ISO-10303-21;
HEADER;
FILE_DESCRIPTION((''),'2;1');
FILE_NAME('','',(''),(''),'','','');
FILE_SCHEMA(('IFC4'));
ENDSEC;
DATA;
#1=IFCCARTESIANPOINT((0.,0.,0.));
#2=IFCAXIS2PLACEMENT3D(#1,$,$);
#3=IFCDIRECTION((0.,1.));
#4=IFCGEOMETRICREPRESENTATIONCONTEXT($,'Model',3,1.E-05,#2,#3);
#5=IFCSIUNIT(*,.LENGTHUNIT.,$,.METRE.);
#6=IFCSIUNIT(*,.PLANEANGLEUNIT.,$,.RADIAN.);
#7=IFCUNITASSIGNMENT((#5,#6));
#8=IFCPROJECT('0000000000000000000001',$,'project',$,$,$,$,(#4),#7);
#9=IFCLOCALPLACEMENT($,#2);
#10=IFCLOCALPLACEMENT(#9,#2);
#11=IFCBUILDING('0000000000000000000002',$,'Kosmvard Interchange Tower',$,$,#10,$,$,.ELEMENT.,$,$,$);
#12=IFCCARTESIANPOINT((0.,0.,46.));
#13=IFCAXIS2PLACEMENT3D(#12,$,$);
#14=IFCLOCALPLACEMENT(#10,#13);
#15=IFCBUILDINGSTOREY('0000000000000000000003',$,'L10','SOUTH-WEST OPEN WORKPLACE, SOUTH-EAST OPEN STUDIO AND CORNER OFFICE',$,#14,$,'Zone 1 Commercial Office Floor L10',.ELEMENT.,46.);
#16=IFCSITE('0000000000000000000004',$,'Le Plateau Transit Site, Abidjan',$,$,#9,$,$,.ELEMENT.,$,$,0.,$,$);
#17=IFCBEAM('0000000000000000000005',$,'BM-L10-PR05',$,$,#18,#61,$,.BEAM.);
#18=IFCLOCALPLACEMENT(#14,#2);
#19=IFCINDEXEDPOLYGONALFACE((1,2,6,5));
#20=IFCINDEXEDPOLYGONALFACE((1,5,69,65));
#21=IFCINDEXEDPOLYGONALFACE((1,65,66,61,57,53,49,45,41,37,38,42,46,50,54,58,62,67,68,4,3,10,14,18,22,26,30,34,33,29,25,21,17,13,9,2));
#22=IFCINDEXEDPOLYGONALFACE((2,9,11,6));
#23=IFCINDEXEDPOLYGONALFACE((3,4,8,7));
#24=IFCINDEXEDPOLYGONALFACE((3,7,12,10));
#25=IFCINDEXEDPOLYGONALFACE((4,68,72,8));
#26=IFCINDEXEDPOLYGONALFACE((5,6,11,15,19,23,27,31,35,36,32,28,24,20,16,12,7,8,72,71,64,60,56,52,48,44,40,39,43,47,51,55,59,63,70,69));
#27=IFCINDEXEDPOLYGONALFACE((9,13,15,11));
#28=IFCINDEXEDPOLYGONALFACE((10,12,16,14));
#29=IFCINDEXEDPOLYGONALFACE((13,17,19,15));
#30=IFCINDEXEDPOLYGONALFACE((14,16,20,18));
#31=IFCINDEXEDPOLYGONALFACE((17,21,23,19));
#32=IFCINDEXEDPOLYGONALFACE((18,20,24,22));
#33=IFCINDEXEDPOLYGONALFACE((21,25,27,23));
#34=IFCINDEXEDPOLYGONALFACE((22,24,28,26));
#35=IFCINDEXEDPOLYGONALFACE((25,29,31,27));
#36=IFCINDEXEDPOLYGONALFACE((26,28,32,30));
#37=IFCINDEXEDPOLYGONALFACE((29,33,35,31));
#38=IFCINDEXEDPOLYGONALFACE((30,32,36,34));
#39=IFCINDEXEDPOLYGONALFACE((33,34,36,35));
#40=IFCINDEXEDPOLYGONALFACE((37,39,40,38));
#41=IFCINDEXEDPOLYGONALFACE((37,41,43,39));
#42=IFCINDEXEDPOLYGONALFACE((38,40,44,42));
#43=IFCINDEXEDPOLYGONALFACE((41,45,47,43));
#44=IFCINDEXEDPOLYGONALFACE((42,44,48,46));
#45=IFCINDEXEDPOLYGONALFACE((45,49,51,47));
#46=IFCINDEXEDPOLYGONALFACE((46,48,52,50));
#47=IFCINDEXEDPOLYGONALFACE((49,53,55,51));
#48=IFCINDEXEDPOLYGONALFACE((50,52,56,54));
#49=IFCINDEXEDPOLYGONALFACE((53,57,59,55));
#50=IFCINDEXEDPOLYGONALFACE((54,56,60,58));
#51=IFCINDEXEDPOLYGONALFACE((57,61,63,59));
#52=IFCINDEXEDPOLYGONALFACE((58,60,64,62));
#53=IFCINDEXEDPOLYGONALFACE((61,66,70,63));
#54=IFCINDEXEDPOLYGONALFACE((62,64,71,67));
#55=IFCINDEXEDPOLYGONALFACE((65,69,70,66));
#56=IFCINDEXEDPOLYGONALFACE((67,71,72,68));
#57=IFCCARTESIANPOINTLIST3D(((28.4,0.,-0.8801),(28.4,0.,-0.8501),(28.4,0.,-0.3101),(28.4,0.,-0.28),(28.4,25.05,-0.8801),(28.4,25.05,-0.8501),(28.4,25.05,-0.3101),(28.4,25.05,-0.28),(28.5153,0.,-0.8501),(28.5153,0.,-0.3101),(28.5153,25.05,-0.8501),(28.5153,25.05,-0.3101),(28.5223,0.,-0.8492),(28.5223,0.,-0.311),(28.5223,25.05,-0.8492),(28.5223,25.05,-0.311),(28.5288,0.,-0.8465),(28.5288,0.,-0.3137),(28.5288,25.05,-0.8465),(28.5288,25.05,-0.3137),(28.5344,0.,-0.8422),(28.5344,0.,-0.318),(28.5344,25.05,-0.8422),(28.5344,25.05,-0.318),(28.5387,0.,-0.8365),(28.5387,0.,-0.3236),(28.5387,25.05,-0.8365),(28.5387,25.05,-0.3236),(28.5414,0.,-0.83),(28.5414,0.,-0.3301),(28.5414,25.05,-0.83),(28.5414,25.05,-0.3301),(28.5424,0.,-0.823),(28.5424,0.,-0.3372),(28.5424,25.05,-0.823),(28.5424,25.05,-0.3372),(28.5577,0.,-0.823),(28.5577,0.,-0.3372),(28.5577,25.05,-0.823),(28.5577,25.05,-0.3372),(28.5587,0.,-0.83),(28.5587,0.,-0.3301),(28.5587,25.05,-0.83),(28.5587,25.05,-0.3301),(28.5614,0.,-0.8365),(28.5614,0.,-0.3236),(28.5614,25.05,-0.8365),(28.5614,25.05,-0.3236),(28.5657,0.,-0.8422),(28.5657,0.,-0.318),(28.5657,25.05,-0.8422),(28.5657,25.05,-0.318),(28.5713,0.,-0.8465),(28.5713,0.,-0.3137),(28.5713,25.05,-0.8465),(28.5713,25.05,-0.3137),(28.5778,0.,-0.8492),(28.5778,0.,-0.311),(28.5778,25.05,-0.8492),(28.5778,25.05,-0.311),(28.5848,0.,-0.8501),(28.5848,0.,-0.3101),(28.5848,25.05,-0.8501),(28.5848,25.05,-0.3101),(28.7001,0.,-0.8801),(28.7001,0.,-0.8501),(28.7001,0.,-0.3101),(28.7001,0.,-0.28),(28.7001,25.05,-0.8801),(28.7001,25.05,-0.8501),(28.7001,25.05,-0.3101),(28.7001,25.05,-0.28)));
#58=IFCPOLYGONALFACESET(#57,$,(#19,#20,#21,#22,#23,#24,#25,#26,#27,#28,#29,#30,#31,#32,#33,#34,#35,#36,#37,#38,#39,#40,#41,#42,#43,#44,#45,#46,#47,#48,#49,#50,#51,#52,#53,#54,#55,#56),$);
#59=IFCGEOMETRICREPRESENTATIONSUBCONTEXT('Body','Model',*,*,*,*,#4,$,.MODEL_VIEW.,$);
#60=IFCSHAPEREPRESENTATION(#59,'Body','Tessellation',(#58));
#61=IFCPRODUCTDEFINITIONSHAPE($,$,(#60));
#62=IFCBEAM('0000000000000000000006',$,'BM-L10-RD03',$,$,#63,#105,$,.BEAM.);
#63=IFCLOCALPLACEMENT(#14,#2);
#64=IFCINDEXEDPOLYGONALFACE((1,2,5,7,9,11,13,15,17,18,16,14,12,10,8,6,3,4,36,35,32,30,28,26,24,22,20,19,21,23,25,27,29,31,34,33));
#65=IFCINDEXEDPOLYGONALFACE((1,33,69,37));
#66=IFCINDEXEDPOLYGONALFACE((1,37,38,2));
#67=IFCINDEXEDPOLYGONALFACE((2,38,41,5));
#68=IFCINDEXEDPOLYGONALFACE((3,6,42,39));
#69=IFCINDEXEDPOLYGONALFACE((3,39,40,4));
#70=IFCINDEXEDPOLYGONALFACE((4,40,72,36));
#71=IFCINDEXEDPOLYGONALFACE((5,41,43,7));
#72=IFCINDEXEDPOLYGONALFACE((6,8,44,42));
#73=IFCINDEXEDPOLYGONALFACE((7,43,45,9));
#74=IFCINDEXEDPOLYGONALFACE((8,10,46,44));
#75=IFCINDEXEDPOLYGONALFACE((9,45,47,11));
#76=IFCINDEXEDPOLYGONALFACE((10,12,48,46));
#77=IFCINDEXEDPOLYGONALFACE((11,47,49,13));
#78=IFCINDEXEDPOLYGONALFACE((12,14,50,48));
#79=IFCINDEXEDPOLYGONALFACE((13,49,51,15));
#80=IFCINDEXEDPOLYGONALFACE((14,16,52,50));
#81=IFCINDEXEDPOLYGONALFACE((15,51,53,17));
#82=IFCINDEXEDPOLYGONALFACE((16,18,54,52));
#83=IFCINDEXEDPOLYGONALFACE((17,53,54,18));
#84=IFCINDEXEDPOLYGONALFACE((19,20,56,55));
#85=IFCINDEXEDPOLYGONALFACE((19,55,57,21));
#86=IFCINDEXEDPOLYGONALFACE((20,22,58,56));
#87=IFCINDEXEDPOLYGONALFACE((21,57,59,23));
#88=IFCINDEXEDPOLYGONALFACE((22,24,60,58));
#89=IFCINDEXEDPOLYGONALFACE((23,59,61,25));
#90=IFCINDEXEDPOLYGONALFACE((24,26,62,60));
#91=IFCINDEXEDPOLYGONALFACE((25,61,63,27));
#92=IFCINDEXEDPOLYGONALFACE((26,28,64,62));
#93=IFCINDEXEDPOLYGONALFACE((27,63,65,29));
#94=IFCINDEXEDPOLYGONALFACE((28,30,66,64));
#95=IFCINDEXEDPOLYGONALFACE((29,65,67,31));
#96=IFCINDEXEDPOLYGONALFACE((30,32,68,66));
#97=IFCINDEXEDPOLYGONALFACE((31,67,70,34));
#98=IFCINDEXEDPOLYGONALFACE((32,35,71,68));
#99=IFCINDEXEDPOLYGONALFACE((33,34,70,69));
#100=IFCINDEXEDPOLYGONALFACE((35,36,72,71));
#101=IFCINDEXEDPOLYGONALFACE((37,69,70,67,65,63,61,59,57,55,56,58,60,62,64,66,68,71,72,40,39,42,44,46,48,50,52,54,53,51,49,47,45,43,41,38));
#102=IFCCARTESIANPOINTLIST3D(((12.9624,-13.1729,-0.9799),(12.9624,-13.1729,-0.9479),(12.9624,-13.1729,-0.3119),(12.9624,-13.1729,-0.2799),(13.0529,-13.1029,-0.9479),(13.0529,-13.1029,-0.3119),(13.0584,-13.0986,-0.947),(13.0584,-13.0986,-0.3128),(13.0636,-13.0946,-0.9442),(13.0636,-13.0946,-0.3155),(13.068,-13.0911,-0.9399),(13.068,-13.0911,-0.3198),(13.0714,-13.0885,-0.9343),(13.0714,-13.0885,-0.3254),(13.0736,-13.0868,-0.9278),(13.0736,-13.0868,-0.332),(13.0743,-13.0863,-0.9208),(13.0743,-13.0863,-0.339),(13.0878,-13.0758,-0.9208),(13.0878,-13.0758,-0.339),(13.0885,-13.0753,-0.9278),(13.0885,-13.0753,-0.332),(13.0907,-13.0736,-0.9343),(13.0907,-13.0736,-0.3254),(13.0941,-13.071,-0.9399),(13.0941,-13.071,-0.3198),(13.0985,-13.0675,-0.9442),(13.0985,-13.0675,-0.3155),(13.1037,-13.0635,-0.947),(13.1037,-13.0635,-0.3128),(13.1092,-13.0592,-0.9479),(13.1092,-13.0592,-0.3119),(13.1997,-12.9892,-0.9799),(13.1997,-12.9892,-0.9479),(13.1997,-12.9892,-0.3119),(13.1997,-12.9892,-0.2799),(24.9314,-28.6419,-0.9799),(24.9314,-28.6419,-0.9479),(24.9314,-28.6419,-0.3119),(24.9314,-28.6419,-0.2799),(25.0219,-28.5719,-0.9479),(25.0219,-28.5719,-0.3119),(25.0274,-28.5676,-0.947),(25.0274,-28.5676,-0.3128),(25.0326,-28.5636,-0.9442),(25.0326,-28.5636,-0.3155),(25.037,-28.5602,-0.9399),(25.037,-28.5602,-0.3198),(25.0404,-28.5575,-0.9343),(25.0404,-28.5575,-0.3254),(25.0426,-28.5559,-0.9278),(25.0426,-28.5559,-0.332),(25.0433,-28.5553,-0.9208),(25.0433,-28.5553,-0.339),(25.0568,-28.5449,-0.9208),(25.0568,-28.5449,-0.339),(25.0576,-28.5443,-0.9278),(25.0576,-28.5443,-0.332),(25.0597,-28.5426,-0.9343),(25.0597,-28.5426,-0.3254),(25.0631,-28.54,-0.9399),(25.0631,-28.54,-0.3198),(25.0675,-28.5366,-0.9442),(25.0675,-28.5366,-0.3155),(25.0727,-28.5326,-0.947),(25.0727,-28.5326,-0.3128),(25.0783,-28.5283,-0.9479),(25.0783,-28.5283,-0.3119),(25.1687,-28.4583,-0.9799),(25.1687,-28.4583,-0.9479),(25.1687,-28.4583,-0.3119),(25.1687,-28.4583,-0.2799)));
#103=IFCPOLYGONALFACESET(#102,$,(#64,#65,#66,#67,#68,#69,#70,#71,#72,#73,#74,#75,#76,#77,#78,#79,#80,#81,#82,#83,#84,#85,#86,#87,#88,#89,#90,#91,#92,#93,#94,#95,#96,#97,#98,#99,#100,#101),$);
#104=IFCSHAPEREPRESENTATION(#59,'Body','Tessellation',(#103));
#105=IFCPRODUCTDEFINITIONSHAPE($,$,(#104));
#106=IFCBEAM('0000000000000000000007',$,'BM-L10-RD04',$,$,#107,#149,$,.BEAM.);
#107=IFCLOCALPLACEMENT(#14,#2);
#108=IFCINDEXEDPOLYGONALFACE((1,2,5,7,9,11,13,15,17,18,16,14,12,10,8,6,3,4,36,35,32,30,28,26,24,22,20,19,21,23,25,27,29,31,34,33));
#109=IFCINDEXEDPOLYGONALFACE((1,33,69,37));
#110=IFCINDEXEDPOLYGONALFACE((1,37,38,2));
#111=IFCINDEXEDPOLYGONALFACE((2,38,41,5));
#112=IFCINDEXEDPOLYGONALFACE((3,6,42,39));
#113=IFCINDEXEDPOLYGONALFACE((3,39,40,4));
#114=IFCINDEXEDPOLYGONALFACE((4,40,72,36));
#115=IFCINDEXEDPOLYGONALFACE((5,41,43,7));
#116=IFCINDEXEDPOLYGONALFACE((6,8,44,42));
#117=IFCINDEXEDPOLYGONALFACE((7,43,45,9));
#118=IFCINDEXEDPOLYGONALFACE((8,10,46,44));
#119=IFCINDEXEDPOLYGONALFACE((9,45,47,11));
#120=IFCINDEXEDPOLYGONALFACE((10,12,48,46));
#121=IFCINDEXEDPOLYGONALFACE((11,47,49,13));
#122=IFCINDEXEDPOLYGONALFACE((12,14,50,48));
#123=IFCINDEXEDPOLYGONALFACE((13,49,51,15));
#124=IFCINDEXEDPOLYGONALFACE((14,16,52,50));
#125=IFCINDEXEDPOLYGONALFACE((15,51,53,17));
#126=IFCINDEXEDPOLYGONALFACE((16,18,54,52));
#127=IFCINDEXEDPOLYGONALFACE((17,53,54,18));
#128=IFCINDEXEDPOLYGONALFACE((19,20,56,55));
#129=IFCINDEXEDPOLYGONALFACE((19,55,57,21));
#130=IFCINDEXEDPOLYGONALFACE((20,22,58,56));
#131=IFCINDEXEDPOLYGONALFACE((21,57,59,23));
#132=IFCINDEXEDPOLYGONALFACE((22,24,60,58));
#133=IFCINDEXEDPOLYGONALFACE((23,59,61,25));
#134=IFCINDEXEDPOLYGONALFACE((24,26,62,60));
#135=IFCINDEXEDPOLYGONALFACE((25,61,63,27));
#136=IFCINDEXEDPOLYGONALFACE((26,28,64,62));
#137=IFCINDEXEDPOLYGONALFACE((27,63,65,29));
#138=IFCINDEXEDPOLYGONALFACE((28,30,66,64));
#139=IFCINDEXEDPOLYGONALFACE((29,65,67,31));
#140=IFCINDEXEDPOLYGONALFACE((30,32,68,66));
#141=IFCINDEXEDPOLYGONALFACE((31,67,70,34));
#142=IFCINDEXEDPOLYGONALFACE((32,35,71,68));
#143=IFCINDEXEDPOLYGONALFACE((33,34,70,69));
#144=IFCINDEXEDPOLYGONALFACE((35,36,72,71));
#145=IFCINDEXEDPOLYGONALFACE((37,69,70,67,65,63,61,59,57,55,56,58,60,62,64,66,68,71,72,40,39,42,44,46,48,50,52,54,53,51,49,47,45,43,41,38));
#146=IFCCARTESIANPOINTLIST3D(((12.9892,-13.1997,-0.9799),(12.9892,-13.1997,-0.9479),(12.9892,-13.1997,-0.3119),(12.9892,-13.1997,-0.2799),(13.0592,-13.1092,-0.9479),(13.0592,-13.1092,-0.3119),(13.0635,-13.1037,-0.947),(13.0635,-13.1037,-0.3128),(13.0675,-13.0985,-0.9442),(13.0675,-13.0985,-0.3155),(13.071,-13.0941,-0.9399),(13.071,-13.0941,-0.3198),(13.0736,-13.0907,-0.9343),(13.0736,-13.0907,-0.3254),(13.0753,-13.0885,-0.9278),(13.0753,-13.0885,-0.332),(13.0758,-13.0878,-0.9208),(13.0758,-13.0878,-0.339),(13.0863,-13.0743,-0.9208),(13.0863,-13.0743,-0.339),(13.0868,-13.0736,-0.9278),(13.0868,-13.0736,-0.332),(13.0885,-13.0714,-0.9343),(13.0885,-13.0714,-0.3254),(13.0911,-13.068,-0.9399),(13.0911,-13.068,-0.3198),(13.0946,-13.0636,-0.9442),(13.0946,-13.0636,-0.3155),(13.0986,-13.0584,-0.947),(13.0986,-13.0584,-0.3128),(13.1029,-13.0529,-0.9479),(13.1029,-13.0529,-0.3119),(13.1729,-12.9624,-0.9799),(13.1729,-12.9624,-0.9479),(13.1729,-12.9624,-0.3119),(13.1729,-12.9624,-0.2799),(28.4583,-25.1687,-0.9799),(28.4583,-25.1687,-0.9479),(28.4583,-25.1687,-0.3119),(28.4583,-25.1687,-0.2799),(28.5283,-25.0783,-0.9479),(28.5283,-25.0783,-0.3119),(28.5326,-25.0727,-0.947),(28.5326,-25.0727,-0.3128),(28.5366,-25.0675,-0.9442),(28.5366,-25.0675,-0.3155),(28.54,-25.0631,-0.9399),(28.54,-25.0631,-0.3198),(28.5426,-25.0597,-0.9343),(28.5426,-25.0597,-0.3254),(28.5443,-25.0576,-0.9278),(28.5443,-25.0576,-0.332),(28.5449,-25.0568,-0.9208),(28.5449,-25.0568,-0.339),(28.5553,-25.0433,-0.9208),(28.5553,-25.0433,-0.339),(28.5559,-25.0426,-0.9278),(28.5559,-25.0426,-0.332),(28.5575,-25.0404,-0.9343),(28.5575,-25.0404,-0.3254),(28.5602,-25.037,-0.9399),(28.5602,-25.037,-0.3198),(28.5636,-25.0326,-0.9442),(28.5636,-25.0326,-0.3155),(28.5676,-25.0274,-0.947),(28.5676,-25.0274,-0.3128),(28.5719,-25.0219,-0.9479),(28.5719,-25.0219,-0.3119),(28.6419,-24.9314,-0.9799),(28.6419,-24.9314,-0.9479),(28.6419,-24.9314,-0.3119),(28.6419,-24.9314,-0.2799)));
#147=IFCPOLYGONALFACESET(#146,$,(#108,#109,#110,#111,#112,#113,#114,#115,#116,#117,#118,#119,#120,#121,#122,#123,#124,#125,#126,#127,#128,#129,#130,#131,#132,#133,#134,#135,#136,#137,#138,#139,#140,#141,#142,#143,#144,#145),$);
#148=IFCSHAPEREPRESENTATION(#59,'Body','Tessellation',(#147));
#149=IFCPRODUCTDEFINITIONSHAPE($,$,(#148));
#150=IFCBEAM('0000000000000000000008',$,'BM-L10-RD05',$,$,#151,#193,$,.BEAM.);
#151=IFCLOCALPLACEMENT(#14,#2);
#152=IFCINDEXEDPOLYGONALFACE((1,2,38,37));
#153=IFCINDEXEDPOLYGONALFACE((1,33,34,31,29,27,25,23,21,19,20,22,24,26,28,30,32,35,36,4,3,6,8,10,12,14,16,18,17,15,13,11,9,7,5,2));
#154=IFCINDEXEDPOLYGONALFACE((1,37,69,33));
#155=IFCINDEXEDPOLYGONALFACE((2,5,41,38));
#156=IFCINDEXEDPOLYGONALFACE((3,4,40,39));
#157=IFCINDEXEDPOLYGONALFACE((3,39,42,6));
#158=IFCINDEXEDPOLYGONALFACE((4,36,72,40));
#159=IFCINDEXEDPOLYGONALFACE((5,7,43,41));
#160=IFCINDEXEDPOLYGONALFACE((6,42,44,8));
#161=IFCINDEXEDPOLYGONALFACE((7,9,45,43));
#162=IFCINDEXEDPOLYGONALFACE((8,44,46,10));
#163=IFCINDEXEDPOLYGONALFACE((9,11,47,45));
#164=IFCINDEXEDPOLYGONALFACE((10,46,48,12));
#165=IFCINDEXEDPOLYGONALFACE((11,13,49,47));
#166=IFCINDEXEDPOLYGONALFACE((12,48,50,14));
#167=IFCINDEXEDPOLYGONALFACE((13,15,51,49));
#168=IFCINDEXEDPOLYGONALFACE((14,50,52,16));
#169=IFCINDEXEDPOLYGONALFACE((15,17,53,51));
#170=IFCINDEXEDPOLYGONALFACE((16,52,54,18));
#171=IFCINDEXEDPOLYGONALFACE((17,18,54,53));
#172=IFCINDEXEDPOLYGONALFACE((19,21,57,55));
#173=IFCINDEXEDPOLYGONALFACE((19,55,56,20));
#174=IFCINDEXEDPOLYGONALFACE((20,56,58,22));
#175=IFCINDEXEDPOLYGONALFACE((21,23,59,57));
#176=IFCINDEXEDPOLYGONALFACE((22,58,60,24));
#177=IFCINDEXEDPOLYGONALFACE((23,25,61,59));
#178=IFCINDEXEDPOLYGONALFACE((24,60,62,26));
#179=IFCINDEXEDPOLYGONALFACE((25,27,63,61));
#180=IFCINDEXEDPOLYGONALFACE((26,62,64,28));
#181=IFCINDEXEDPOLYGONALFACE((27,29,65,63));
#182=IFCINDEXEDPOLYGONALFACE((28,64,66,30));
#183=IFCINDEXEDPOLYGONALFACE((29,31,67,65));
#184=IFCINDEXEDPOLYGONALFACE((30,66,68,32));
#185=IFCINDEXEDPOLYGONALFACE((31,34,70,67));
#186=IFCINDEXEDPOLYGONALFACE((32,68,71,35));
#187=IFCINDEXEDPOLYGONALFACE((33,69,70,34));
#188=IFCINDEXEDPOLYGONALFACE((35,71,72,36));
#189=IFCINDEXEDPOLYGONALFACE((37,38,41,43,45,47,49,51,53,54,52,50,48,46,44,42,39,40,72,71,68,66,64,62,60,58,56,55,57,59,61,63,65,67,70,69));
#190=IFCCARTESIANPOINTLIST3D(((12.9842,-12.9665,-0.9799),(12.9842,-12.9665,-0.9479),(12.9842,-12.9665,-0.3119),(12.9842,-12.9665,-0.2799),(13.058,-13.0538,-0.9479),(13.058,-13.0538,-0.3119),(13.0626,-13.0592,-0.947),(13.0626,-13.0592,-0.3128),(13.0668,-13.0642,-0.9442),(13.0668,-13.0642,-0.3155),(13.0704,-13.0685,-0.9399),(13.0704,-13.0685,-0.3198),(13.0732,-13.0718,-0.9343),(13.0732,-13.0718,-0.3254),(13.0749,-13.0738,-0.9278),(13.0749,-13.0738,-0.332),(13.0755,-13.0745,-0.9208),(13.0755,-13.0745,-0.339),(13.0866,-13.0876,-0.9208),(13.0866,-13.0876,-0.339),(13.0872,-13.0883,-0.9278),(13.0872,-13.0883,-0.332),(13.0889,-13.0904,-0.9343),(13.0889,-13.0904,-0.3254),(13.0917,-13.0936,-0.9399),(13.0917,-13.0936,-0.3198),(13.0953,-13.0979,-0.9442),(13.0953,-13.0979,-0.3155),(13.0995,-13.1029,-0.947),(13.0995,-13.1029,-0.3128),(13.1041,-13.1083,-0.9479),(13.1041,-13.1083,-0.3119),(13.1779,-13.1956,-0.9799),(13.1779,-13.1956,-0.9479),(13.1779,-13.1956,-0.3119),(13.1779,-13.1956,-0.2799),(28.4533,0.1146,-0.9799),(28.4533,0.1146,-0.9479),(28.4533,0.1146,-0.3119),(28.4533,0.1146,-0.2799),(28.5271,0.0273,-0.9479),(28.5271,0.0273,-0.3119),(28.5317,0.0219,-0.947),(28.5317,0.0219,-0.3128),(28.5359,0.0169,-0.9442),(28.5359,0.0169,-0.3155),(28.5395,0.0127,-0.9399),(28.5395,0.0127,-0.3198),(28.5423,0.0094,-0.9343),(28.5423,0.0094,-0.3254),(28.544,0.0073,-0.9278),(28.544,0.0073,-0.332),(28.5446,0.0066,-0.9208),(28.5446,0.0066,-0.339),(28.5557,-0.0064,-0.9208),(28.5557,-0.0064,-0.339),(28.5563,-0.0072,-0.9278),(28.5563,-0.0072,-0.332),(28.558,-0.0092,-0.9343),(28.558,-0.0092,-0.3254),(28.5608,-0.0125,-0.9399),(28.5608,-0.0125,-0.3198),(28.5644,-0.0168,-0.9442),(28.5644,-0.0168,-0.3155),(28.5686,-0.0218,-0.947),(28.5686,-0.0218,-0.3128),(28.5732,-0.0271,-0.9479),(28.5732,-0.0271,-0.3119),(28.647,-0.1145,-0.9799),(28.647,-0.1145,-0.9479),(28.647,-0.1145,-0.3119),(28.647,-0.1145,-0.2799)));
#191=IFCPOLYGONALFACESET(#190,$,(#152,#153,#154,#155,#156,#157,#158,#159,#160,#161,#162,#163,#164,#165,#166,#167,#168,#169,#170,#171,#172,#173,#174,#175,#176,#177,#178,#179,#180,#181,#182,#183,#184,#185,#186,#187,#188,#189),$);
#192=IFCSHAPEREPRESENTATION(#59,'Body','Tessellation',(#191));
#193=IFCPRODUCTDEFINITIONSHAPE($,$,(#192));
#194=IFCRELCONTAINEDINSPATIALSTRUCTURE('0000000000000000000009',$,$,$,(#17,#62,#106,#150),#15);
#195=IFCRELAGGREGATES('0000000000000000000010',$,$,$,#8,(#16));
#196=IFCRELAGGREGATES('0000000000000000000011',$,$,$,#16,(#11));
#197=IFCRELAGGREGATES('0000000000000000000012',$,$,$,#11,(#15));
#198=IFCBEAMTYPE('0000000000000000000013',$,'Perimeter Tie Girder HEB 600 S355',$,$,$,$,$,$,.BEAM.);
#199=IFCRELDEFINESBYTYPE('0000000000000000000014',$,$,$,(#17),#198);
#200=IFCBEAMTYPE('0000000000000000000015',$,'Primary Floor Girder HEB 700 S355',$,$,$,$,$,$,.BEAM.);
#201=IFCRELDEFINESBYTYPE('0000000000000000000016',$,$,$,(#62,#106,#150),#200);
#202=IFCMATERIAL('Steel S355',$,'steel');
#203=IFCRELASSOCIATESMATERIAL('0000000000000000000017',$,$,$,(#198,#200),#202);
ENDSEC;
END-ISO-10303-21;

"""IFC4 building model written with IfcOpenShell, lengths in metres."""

from ifc_helpers import new_model, si_unit, direction, frame, origin, origin_2d, place, context, subcontext, project, spatial, i_section, extrude, source, transform, mapped, material, material_profile, profile_set, type_object, element, save


model = new_model("IFC4")

# Units and contexts
model_context = context("Model", 3, precision=1e-05, world=origin(), true_north=direction((0.0, 1.0)))
body_context = subcontext(model_context, "Body", "Model", "MODEL_VIEW")
ifc_project = project(units=[si_unit("LENGTHUNIT", "METRE"), si_unit("PLANEANGLEUNIT", "RADIAN")], contexts=[model_context])

# Site, building, storey
site_placement = place(None, origin())
site = spatial("IfcSite", under=ifc_project, at=site_placement, Name="Le Plateau Transit Site, Abidjan", CompositionType="ELEMENT", RefElevation=0.0)
building_placement = place(site_placement, origin())
building = spatial("IfcBuilding", under=site, at=building_placement, Name="Kosmvard Interchange Tower", CompositionType="ELEMENT")
storey_placement = place(building_placement, frame((0.0, 0.0, 46.0)))
storey = spatial("IfcBuildingStorey", under=building, at=storey_placement, Name="L10", Description="SOUTH-WEST OPEN WORKPLACE, SOUTH-EAST OPEN STUDIO AND CORNER OFFICE", LongName="Zone 1 Commercial Office Floor L10", CompositionType="ELEMENT", Elevation=46.0)

# Beams
ifc_material_1 = material(Name="Steel S355", Category="steel")
ifc_material_profile_1 = material_profile(ifc_material_1, i_section(OverallWidth=0.3, OverallDepth=0.6001, WebThickness=0.0154, FlangeThickness=0.03, FilletRadius=0.0271, at=origin_2d()), Name="HEB 600")
ifc_profile_set_1 = profile_set([ifc_material_profile_1], Name="Steel S355")
beam_type_1 = type_object("IfcBeamType", Name="Perimeter Tie Girder HEB 600 S355", PredefinedType="BEAM", material=ifc_profile_set_1)
shared_shape_1 = source(origin(), body_context, "Body", "SweptSolid", [
    extrude(i_section(OverallWidth=0.3, OverallDepth=0.6001, WebThickness=0.0154, FlangeThickness=0.03, FilletRadius=0.0271, at=origin_2d()), origin(), (0.0, 0.0, 1.0), 25.05),
])
for number, where, z_axis, x_axis, name in (
    (1, (28.55, 0.0, -0.5801), (0.0, 1.0, 0.0), (-1.0, 0.0, 0.0), "BM-L10-PR05"),
):
    element("IfcBeam", number, at=place(storey_placement, frame(where, z_axis=z_axis, x_axis=x_axis)), inside=storey, type_object=beam_type_1, Name=name, PredefinedType="BEAM", context=body_context, shape_type="MappedRepresentation", body=[
        mapped(shared_shape_1, transform((0.0, 0.0, 0.0), scale=1.0)),
    ])
ifc_material_profile_2 = material_profile(ifc_material_1, i_section(OverallWidth=0.3, OverallDepth=0.7, WebThickness=0.0171, FlangeThickness=0.032, FilletRadius=0.0271, at=origin_2d()), Name="HEB 700")
ifc_profile_set_2 = profile_set([ifc_material_profile_2], Name="Steel S355")
beam_type_2 = type_object("IfcBeamType", Name="Primary Floor Girder HEB 700 S355", PredefinedType="BEAM", material=ifc_profile_set_2)
shared_shape_2 = source(origin(), body_context, "Body", "SweptSolid", [
    extrude(i_section(OverallWidth=0.3, OverallDepth=0.7, WebThickness=0.0171, FlangeThickness=0.032, FilletRadius=0.0271, at=origin_2d()), origin(), (0.0, 0.0, 1.0), 19.5588),
])
for number, where, z_axis, x_axis, name in (
    (2, (13.0811, -13.0811, -0.6299), (0.611949, -0.790897, 0.0), (0.790897, 0.611949, 0.0), "BM-L10-RD03"),
    (3, (13.0811, -13.0811, -0.6299), (0.790897, -0.611949, 0.0), (0.611949, 0.790897, 0.0), "BM-L10-RD04"),
):
    element("IfcBeam", number, at=place(storey_placement, frame(where, z_axis=z_axis, x_axis=x_axis)), inside=storey, type_object=beam_type_2, Name=name, PredefinedType="BEAM", context=body_context, shape_type="MappedRepresentation", body=[
        mapped(shared_shape_2, transform((0.0, 0.0, 0.0), scale=1.0)),
    ])
shared_shape_3 = source(origin(), body_context, "Body", "SweptSolid", [
    extrude(i_section(OverallWidth=0.3, OverallDepth=0.7, WebThickness=0.0171, FlangeThickness=0.032, FilletRadius=0.0271, at=origin_2d()), origin(), (0.0, 0.0, 1.0), 20.2585),
])
beam_1_placement = place(storey_placement, frame((13.0811, -13.0811, -0.6299), z_axis=(0.763583, 0.645709, 0.0), x_axis=(-0.645709, 0.763583, 0.0)))
element("IfcBeam", 4, at=beam_1_placement, inside=storey, type_object=beam_type_2, Name="BM-L10-RD05", PredefinedType="BEAM", context=body_context, shape_type="MappedRepresentation", body=[
    mapped(shared_shape_3, transform((0.0, 0.0, 0.0), scale=1.0)),
])

save(model, "model.ifc")
